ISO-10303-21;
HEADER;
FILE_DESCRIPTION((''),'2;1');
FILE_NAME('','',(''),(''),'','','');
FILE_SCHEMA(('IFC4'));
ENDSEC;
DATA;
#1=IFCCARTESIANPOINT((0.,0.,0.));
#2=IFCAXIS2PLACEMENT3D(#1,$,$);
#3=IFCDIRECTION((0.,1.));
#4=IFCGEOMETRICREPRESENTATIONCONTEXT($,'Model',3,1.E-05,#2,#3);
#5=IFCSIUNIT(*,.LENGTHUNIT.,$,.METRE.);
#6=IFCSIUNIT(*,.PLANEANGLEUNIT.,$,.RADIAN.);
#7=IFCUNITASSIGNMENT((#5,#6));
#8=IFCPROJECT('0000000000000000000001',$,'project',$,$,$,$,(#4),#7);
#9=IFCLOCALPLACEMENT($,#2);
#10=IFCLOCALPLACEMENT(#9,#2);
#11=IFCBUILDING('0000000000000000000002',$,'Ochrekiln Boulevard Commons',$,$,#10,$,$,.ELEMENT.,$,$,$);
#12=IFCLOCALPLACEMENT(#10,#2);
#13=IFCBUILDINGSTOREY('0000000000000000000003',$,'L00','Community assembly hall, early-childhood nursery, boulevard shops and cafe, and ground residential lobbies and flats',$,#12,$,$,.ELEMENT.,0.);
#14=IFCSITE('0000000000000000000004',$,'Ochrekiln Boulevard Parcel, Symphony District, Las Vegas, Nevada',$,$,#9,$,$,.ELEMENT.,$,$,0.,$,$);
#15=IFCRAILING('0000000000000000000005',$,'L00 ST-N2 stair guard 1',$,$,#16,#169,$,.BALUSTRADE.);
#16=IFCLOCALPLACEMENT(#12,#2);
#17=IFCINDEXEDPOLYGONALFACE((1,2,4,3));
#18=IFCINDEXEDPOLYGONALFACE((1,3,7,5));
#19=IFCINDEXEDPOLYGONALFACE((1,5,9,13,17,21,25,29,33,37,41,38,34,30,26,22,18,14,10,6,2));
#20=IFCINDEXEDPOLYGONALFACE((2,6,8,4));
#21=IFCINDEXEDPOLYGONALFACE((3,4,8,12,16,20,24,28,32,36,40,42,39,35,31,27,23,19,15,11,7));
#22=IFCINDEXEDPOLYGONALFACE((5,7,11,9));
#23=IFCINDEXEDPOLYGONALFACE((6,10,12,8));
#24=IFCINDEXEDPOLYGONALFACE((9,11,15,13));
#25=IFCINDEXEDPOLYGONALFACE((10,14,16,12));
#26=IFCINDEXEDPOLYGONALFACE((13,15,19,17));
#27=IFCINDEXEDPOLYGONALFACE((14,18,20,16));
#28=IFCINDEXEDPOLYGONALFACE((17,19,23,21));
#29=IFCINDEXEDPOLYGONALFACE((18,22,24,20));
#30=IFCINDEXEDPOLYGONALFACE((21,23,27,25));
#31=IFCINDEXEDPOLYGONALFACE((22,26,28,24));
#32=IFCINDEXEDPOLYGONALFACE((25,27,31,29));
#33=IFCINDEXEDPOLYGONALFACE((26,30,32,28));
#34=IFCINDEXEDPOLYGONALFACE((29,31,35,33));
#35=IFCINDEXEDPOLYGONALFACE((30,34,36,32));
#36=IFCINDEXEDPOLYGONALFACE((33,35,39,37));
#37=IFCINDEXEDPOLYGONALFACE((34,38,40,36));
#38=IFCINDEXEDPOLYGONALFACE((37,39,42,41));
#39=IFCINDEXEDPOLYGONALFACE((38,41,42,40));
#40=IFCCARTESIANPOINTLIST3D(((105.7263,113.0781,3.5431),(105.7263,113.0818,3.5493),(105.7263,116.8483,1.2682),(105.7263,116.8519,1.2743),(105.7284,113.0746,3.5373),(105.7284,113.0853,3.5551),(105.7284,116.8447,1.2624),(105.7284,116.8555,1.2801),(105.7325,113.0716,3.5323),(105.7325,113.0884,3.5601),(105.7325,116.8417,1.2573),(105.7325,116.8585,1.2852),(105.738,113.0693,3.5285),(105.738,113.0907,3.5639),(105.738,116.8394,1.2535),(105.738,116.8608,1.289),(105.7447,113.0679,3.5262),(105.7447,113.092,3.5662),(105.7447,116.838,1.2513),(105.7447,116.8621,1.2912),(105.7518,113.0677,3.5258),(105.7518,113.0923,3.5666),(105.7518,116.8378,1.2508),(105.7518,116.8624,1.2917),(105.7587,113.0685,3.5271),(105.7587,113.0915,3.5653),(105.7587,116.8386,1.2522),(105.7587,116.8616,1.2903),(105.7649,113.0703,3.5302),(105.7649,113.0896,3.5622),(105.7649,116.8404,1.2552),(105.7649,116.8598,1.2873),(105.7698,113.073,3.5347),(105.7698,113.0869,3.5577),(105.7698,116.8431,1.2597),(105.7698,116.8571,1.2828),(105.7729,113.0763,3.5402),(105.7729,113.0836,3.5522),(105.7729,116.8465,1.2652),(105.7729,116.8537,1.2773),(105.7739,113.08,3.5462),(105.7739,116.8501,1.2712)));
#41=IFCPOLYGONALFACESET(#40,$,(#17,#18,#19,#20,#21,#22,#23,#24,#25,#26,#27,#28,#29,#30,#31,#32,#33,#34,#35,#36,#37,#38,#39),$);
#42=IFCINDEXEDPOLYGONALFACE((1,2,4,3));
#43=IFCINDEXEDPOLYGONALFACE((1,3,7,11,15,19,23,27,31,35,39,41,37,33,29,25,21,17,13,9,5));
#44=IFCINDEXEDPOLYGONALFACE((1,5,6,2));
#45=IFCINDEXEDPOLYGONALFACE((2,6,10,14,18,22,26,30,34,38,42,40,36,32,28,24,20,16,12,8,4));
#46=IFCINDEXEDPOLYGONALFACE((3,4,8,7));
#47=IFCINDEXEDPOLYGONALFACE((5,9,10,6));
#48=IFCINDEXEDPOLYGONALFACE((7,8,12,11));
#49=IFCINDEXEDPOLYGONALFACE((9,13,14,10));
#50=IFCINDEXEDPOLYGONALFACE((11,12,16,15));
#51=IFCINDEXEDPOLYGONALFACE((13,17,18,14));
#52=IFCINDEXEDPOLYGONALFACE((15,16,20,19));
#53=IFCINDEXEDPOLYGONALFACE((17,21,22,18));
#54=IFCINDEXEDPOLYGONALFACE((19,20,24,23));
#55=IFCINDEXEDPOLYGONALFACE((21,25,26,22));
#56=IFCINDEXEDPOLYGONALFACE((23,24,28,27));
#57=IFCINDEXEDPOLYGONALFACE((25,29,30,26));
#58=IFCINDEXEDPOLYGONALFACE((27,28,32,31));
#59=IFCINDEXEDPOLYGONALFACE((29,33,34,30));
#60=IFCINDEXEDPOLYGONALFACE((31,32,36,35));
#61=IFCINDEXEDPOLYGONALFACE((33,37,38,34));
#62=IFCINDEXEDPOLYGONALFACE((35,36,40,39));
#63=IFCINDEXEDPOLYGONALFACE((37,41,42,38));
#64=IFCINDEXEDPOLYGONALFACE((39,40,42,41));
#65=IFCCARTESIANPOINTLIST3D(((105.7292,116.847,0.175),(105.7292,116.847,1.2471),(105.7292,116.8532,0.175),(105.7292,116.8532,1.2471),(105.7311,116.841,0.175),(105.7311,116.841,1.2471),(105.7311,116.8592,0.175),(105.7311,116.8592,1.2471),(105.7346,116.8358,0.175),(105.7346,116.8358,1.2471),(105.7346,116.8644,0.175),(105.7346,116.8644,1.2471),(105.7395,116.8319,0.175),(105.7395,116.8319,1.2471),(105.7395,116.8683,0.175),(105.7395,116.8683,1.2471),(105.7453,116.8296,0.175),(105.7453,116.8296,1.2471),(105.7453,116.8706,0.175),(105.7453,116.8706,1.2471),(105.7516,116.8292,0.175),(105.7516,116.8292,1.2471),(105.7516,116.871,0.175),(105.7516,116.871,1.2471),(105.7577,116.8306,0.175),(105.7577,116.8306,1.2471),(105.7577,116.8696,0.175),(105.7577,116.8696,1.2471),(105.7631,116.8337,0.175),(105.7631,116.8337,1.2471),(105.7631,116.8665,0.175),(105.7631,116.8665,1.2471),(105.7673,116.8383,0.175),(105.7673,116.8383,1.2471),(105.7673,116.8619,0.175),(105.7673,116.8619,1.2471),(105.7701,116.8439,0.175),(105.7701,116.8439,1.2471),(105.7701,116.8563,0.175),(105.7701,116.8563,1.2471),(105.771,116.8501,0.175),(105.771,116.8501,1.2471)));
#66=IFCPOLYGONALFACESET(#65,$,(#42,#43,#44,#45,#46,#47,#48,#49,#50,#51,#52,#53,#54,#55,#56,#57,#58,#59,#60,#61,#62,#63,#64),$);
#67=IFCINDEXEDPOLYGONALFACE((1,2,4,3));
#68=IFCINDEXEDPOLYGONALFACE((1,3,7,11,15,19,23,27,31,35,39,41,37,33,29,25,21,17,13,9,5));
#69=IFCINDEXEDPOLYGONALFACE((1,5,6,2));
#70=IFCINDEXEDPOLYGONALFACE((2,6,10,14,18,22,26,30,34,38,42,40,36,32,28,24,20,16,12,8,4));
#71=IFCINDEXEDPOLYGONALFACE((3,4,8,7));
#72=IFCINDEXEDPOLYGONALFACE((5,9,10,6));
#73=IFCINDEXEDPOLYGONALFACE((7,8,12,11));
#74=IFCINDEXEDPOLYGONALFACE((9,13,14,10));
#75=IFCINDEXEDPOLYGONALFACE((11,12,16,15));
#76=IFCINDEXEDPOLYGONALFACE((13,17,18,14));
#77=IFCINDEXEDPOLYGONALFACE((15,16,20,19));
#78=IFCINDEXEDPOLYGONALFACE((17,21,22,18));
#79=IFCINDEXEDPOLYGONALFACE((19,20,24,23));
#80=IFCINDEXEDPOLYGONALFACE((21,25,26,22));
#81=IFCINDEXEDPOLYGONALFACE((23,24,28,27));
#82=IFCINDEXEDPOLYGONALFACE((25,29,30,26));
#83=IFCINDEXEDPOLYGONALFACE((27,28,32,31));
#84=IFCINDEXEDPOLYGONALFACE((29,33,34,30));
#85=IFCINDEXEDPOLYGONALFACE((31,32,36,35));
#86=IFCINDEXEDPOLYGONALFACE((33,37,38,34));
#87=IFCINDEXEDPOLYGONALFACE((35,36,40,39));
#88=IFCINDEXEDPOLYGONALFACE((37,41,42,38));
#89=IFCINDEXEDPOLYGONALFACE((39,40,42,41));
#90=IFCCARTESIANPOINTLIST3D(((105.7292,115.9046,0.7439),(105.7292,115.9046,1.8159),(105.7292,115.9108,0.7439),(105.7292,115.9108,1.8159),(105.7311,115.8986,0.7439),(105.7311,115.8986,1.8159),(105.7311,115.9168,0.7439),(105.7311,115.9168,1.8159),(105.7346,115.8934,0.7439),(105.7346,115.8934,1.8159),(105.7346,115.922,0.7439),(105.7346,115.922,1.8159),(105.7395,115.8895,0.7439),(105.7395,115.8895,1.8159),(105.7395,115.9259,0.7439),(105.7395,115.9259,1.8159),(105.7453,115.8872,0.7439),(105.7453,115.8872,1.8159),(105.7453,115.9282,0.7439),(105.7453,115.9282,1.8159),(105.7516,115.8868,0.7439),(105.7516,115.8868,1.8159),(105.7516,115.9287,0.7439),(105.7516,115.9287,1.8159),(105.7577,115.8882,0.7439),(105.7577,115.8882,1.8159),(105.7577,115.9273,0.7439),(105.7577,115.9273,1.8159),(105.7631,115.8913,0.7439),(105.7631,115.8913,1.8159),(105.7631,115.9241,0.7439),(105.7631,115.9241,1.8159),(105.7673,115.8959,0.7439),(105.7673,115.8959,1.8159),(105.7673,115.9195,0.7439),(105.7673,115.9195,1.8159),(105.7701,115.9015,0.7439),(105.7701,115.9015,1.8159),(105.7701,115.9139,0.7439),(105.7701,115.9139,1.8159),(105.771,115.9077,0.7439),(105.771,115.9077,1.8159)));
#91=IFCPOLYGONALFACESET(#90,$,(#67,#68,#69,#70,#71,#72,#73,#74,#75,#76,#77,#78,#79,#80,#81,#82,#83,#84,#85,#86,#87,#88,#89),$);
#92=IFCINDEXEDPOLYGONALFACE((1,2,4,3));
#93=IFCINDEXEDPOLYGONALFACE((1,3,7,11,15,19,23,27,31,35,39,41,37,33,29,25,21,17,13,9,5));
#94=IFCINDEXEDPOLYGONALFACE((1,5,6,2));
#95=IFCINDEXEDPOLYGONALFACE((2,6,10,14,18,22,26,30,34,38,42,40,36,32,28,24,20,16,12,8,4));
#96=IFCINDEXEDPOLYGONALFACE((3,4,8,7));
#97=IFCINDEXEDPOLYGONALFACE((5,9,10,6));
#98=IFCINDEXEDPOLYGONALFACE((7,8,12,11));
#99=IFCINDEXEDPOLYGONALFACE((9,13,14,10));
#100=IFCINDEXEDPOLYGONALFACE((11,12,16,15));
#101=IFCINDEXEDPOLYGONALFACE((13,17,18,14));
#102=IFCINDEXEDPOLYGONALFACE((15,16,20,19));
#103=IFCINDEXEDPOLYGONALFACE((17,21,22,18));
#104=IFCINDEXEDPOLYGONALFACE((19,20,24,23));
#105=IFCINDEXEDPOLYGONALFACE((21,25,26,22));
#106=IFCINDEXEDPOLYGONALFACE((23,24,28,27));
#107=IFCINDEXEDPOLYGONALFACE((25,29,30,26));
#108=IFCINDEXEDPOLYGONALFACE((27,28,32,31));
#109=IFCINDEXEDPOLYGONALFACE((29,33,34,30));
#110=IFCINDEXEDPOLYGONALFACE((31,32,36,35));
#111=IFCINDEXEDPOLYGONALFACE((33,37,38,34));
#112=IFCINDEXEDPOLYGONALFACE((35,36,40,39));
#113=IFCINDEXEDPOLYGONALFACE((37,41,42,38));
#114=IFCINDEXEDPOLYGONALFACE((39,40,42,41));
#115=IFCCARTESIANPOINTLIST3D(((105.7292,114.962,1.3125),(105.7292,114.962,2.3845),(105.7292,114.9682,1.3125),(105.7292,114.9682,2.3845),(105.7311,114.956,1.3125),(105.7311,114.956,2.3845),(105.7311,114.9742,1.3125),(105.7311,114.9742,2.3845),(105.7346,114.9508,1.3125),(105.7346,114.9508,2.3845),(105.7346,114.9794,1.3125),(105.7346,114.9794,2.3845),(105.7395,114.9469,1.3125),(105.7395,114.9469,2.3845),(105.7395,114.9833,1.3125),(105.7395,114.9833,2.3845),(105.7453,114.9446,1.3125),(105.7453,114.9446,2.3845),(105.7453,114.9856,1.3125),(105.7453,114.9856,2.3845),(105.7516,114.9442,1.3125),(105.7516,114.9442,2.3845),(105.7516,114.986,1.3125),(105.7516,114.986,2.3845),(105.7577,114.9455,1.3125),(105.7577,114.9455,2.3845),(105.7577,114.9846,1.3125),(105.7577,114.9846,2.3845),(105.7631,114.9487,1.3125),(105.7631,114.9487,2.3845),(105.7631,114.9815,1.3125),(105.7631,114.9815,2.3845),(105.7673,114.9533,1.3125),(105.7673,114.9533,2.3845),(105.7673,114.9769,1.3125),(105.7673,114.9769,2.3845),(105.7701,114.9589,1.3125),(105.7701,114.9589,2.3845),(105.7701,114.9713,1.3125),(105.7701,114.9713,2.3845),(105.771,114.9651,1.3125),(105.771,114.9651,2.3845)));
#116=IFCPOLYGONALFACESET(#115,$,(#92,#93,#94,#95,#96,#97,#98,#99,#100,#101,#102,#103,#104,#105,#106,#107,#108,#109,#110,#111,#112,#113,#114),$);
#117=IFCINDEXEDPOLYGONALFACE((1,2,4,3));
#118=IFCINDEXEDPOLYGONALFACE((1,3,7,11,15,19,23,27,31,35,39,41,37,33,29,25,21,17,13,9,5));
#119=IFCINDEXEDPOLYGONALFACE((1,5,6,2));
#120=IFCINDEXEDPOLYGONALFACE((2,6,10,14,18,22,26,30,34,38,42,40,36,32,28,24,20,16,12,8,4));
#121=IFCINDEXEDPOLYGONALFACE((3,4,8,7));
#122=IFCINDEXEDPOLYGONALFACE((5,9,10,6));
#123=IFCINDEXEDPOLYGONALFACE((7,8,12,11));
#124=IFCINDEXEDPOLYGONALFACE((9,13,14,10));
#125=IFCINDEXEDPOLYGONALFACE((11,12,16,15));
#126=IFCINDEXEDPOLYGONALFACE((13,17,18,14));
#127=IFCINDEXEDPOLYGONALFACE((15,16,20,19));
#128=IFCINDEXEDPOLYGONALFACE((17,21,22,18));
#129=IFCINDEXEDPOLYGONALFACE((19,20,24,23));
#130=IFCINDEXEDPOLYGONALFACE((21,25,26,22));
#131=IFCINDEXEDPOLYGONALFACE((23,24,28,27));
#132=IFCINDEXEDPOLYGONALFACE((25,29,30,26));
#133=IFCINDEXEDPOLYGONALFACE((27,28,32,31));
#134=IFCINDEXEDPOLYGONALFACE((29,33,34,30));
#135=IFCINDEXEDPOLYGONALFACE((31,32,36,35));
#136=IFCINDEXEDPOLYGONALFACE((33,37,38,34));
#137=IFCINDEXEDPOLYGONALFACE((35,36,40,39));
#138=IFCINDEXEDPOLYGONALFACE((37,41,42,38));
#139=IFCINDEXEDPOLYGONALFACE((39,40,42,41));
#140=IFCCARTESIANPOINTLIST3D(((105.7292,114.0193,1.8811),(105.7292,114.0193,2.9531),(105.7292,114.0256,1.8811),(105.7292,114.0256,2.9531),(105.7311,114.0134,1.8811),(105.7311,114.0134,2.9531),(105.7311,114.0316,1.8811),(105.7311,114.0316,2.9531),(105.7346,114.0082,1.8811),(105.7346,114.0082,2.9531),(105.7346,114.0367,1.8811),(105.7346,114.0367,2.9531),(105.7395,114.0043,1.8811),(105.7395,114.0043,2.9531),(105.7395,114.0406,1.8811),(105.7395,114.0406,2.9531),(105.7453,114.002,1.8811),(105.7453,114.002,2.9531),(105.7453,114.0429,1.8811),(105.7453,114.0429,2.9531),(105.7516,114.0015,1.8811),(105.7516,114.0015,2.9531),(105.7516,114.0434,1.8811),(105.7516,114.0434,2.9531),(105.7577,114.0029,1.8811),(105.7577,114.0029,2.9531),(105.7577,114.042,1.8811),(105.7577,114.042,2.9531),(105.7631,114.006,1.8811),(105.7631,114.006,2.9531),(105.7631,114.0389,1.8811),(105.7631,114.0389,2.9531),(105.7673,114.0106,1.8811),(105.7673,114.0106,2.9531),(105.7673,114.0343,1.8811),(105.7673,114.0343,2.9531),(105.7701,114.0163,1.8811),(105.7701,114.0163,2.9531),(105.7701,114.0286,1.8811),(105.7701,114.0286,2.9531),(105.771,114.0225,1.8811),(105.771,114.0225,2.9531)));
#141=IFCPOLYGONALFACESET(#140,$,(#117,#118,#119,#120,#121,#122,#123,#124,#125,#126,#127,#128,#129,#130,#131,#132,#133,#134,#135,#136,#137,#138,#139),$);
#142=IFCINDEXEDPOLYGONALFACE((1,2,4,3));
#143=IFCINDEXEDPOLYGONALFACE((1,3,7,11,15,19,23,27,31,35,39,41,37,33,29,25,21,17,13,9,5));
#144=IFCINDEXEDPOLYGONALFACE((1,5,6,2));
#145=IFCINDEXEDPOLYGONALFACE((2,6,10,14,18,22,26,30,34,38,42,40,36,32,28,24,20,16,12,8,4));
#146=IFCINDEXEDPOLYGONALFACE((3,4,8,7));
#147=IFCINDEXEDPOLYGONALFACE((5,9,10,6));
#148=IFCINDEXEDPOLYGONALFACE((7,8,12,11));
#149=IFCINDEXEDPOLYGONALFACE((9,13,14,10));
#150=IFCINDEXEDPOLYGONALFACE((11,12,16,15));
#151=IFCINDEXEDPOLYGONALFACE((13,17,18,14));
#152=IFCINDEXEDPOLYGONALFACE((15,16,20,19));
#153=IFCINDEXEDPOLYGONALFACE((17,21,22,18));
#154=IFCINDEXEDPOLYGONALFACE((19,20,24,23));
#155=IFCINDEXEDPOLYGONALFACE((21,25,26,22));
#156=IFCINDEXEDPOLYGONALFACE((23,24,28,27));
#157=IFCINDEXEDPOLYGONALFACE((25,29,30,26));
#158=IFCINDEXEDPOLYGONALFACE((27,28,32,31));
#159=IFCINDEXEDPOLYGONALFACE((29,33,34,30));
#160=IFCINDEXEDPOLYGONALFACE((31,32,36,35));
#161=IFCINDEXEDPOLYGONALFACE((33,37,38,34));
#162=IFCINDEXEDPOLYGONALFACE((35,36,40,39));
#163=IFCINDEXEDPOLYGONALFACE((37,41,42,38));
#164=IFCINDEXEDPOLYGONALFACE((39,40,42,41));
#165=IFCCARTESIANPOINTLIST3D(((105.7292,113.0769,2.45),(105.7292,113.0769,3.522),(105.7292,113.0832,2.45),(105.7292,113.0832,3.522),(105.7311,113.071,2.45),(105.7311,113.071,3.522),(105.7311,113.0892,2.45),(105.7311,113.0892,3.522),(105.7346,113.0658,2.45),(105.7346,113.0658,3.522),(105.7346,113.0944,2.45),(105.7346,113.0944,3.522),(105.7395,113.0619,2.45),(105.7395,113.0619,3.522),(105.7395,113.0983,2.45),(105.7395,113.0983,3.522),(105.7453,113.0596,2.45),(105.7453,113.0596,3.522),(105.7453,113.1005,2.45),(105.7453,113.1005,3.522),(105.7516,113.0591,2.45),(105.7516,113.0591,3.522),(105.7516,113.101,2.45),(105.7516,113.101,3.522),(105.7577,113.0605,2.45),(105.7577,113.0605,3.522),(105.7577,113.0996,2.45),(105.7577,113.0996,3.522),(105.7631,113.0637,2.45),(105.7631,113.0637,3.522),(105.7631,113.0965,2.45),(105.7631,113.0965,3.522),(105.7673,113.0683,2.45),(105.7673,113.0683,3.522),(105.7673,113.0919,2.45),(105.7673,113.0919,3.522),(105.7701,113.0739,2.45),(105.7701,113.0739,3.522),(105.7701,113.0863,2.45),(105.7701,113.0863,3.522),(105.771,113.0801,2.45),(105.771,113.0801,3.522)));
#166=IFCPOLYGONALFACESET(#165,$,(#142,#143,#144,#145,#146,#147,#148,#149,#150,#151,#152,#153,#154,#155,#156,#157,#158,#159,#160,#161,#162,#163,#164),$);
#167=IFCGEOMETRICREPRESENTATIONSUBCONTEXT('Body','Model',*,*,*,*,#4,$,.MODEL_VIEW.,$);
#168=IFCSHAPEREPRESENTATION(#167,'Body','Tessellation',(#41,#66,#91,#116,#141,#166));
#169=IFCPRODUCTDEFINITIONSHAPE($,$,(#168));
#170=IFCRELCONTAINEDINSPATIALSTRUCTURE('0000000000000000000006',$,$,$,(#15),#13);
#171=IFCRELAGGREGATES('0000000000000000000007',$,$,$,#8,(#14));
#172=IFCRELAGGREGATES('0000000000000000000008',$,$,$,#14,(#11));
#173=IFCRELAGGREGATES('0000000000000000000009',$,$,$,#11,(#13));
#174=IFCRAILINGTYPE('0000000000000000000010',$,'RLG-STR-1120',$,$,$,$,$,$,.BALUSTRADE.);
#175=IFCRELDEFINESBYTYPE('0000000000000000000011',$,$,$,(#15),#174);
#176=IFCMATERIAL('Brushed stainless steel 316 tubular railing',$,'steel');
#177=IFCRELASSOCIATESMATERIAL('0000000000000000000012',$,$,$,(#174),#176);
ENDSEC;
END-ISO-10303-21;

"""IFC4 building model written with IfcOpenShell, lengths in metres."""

from ifc_helpers import new_model, si_unit, direction, frame, origin, origin_2d, place, context, subcontext, project, spatial, circle, extrude, material, type_object, element, save


model = new_model("IFC4")

# Units and contexts
model_context = context("Model", 3, precision=1e-05, world=origin(), true_north=direction((0.0, 1.0)))
body_context = subcontext(model_context, "Body", "Model", "MODEL_VIEW")
ifc_project = project(units=[si_unit("LENGTHUNIT", "METRE"), si_unit("PLANEANGLEUNIT", "RADIAN")], contexts=[model_context])

# Site, building, storey
site_placement = place(None, origin())
site = spatial("IfcSite", under=ifc_project, at=site_placement, Name="Ochrekiln Boulevard Parcel, Symphony District, Las Vegas, Nevada", CompositionType="ELEMENT", RefElevation=0.0)
building_placement = place(site_placement, origin())
building = spatial("IfcBuilding", under=site, at=building_placement, Name="Ochrekiln Boulevard Commons", CompositionType="ELEMENT")
storey_placement = place(building_placement, origin())
storey = spatial("IfcBuildingStorey", under=building, at=storey_placement, Name="L00", Description="Community assembly hall, early-childhood nursery, boulevard shops and cafe, and ground residential lobbies and flats", CompositionType="ELEMENT", Elevation=0.0)

# Railing
ifc_material_1 = material(Name="Brushed stainless steel 316 tubular railing", Category="steel")
railing_type_1 = type_object("IfcRailingType", Name="RLG-STR-1120", PredefinedType="BALUSTRADE", material=ifc_material_1)
railing_1_placement = place(storey_placement, frame((105.75, 116.8501, 0.175)))
element("IfcRailing", 1, at=railing_1_placement, inside=storey, type_object=railing_type_1, Name="L00 ST-N2 stair guard 1", PredefinedType="BALUSTRADE", context=body_context, shape_type="SweptSolid", body=[
    extrude(circle(Radius=0.0239, at=origin_2d()), frame((0.0, 0.0, 1.0962), z_axis=(0.0, -0.856199, 0.516647), x_axis=(1.0, 0.0, 0.0)), (0.0, 0.0, 1.0), 4.4033),
    extrude(circle(Radius=0.021, at=origin_2d()), origin(), (0.0, 0.0, 1.0), 1.072),
    extrude(circle(Radius=0.021, at=origin_2d()), frame((0.0, -0.9424, 0.5688)), (0.0, 0.0, 1.0), 1.072),
    extrude(circle(Radius=0.021, at=origin_2d()), frame((0.0, -1.885, 1.1375)), (0.0, 0.0, 1.0), 1.072),
    extrude(circle(Radius=0.021, at=origin_2d()), frame((0.0, -2.8276, 1.7061)), (0.0, 0.0, 1.0), 1.072),
    extrude(circle(Radius=0.021, at=origin_2d()), frame((0.0, -3.77, 2.2749)), (0.0, 0.0, 1.0), 1.072),
])

save(model, "model.ifc")
